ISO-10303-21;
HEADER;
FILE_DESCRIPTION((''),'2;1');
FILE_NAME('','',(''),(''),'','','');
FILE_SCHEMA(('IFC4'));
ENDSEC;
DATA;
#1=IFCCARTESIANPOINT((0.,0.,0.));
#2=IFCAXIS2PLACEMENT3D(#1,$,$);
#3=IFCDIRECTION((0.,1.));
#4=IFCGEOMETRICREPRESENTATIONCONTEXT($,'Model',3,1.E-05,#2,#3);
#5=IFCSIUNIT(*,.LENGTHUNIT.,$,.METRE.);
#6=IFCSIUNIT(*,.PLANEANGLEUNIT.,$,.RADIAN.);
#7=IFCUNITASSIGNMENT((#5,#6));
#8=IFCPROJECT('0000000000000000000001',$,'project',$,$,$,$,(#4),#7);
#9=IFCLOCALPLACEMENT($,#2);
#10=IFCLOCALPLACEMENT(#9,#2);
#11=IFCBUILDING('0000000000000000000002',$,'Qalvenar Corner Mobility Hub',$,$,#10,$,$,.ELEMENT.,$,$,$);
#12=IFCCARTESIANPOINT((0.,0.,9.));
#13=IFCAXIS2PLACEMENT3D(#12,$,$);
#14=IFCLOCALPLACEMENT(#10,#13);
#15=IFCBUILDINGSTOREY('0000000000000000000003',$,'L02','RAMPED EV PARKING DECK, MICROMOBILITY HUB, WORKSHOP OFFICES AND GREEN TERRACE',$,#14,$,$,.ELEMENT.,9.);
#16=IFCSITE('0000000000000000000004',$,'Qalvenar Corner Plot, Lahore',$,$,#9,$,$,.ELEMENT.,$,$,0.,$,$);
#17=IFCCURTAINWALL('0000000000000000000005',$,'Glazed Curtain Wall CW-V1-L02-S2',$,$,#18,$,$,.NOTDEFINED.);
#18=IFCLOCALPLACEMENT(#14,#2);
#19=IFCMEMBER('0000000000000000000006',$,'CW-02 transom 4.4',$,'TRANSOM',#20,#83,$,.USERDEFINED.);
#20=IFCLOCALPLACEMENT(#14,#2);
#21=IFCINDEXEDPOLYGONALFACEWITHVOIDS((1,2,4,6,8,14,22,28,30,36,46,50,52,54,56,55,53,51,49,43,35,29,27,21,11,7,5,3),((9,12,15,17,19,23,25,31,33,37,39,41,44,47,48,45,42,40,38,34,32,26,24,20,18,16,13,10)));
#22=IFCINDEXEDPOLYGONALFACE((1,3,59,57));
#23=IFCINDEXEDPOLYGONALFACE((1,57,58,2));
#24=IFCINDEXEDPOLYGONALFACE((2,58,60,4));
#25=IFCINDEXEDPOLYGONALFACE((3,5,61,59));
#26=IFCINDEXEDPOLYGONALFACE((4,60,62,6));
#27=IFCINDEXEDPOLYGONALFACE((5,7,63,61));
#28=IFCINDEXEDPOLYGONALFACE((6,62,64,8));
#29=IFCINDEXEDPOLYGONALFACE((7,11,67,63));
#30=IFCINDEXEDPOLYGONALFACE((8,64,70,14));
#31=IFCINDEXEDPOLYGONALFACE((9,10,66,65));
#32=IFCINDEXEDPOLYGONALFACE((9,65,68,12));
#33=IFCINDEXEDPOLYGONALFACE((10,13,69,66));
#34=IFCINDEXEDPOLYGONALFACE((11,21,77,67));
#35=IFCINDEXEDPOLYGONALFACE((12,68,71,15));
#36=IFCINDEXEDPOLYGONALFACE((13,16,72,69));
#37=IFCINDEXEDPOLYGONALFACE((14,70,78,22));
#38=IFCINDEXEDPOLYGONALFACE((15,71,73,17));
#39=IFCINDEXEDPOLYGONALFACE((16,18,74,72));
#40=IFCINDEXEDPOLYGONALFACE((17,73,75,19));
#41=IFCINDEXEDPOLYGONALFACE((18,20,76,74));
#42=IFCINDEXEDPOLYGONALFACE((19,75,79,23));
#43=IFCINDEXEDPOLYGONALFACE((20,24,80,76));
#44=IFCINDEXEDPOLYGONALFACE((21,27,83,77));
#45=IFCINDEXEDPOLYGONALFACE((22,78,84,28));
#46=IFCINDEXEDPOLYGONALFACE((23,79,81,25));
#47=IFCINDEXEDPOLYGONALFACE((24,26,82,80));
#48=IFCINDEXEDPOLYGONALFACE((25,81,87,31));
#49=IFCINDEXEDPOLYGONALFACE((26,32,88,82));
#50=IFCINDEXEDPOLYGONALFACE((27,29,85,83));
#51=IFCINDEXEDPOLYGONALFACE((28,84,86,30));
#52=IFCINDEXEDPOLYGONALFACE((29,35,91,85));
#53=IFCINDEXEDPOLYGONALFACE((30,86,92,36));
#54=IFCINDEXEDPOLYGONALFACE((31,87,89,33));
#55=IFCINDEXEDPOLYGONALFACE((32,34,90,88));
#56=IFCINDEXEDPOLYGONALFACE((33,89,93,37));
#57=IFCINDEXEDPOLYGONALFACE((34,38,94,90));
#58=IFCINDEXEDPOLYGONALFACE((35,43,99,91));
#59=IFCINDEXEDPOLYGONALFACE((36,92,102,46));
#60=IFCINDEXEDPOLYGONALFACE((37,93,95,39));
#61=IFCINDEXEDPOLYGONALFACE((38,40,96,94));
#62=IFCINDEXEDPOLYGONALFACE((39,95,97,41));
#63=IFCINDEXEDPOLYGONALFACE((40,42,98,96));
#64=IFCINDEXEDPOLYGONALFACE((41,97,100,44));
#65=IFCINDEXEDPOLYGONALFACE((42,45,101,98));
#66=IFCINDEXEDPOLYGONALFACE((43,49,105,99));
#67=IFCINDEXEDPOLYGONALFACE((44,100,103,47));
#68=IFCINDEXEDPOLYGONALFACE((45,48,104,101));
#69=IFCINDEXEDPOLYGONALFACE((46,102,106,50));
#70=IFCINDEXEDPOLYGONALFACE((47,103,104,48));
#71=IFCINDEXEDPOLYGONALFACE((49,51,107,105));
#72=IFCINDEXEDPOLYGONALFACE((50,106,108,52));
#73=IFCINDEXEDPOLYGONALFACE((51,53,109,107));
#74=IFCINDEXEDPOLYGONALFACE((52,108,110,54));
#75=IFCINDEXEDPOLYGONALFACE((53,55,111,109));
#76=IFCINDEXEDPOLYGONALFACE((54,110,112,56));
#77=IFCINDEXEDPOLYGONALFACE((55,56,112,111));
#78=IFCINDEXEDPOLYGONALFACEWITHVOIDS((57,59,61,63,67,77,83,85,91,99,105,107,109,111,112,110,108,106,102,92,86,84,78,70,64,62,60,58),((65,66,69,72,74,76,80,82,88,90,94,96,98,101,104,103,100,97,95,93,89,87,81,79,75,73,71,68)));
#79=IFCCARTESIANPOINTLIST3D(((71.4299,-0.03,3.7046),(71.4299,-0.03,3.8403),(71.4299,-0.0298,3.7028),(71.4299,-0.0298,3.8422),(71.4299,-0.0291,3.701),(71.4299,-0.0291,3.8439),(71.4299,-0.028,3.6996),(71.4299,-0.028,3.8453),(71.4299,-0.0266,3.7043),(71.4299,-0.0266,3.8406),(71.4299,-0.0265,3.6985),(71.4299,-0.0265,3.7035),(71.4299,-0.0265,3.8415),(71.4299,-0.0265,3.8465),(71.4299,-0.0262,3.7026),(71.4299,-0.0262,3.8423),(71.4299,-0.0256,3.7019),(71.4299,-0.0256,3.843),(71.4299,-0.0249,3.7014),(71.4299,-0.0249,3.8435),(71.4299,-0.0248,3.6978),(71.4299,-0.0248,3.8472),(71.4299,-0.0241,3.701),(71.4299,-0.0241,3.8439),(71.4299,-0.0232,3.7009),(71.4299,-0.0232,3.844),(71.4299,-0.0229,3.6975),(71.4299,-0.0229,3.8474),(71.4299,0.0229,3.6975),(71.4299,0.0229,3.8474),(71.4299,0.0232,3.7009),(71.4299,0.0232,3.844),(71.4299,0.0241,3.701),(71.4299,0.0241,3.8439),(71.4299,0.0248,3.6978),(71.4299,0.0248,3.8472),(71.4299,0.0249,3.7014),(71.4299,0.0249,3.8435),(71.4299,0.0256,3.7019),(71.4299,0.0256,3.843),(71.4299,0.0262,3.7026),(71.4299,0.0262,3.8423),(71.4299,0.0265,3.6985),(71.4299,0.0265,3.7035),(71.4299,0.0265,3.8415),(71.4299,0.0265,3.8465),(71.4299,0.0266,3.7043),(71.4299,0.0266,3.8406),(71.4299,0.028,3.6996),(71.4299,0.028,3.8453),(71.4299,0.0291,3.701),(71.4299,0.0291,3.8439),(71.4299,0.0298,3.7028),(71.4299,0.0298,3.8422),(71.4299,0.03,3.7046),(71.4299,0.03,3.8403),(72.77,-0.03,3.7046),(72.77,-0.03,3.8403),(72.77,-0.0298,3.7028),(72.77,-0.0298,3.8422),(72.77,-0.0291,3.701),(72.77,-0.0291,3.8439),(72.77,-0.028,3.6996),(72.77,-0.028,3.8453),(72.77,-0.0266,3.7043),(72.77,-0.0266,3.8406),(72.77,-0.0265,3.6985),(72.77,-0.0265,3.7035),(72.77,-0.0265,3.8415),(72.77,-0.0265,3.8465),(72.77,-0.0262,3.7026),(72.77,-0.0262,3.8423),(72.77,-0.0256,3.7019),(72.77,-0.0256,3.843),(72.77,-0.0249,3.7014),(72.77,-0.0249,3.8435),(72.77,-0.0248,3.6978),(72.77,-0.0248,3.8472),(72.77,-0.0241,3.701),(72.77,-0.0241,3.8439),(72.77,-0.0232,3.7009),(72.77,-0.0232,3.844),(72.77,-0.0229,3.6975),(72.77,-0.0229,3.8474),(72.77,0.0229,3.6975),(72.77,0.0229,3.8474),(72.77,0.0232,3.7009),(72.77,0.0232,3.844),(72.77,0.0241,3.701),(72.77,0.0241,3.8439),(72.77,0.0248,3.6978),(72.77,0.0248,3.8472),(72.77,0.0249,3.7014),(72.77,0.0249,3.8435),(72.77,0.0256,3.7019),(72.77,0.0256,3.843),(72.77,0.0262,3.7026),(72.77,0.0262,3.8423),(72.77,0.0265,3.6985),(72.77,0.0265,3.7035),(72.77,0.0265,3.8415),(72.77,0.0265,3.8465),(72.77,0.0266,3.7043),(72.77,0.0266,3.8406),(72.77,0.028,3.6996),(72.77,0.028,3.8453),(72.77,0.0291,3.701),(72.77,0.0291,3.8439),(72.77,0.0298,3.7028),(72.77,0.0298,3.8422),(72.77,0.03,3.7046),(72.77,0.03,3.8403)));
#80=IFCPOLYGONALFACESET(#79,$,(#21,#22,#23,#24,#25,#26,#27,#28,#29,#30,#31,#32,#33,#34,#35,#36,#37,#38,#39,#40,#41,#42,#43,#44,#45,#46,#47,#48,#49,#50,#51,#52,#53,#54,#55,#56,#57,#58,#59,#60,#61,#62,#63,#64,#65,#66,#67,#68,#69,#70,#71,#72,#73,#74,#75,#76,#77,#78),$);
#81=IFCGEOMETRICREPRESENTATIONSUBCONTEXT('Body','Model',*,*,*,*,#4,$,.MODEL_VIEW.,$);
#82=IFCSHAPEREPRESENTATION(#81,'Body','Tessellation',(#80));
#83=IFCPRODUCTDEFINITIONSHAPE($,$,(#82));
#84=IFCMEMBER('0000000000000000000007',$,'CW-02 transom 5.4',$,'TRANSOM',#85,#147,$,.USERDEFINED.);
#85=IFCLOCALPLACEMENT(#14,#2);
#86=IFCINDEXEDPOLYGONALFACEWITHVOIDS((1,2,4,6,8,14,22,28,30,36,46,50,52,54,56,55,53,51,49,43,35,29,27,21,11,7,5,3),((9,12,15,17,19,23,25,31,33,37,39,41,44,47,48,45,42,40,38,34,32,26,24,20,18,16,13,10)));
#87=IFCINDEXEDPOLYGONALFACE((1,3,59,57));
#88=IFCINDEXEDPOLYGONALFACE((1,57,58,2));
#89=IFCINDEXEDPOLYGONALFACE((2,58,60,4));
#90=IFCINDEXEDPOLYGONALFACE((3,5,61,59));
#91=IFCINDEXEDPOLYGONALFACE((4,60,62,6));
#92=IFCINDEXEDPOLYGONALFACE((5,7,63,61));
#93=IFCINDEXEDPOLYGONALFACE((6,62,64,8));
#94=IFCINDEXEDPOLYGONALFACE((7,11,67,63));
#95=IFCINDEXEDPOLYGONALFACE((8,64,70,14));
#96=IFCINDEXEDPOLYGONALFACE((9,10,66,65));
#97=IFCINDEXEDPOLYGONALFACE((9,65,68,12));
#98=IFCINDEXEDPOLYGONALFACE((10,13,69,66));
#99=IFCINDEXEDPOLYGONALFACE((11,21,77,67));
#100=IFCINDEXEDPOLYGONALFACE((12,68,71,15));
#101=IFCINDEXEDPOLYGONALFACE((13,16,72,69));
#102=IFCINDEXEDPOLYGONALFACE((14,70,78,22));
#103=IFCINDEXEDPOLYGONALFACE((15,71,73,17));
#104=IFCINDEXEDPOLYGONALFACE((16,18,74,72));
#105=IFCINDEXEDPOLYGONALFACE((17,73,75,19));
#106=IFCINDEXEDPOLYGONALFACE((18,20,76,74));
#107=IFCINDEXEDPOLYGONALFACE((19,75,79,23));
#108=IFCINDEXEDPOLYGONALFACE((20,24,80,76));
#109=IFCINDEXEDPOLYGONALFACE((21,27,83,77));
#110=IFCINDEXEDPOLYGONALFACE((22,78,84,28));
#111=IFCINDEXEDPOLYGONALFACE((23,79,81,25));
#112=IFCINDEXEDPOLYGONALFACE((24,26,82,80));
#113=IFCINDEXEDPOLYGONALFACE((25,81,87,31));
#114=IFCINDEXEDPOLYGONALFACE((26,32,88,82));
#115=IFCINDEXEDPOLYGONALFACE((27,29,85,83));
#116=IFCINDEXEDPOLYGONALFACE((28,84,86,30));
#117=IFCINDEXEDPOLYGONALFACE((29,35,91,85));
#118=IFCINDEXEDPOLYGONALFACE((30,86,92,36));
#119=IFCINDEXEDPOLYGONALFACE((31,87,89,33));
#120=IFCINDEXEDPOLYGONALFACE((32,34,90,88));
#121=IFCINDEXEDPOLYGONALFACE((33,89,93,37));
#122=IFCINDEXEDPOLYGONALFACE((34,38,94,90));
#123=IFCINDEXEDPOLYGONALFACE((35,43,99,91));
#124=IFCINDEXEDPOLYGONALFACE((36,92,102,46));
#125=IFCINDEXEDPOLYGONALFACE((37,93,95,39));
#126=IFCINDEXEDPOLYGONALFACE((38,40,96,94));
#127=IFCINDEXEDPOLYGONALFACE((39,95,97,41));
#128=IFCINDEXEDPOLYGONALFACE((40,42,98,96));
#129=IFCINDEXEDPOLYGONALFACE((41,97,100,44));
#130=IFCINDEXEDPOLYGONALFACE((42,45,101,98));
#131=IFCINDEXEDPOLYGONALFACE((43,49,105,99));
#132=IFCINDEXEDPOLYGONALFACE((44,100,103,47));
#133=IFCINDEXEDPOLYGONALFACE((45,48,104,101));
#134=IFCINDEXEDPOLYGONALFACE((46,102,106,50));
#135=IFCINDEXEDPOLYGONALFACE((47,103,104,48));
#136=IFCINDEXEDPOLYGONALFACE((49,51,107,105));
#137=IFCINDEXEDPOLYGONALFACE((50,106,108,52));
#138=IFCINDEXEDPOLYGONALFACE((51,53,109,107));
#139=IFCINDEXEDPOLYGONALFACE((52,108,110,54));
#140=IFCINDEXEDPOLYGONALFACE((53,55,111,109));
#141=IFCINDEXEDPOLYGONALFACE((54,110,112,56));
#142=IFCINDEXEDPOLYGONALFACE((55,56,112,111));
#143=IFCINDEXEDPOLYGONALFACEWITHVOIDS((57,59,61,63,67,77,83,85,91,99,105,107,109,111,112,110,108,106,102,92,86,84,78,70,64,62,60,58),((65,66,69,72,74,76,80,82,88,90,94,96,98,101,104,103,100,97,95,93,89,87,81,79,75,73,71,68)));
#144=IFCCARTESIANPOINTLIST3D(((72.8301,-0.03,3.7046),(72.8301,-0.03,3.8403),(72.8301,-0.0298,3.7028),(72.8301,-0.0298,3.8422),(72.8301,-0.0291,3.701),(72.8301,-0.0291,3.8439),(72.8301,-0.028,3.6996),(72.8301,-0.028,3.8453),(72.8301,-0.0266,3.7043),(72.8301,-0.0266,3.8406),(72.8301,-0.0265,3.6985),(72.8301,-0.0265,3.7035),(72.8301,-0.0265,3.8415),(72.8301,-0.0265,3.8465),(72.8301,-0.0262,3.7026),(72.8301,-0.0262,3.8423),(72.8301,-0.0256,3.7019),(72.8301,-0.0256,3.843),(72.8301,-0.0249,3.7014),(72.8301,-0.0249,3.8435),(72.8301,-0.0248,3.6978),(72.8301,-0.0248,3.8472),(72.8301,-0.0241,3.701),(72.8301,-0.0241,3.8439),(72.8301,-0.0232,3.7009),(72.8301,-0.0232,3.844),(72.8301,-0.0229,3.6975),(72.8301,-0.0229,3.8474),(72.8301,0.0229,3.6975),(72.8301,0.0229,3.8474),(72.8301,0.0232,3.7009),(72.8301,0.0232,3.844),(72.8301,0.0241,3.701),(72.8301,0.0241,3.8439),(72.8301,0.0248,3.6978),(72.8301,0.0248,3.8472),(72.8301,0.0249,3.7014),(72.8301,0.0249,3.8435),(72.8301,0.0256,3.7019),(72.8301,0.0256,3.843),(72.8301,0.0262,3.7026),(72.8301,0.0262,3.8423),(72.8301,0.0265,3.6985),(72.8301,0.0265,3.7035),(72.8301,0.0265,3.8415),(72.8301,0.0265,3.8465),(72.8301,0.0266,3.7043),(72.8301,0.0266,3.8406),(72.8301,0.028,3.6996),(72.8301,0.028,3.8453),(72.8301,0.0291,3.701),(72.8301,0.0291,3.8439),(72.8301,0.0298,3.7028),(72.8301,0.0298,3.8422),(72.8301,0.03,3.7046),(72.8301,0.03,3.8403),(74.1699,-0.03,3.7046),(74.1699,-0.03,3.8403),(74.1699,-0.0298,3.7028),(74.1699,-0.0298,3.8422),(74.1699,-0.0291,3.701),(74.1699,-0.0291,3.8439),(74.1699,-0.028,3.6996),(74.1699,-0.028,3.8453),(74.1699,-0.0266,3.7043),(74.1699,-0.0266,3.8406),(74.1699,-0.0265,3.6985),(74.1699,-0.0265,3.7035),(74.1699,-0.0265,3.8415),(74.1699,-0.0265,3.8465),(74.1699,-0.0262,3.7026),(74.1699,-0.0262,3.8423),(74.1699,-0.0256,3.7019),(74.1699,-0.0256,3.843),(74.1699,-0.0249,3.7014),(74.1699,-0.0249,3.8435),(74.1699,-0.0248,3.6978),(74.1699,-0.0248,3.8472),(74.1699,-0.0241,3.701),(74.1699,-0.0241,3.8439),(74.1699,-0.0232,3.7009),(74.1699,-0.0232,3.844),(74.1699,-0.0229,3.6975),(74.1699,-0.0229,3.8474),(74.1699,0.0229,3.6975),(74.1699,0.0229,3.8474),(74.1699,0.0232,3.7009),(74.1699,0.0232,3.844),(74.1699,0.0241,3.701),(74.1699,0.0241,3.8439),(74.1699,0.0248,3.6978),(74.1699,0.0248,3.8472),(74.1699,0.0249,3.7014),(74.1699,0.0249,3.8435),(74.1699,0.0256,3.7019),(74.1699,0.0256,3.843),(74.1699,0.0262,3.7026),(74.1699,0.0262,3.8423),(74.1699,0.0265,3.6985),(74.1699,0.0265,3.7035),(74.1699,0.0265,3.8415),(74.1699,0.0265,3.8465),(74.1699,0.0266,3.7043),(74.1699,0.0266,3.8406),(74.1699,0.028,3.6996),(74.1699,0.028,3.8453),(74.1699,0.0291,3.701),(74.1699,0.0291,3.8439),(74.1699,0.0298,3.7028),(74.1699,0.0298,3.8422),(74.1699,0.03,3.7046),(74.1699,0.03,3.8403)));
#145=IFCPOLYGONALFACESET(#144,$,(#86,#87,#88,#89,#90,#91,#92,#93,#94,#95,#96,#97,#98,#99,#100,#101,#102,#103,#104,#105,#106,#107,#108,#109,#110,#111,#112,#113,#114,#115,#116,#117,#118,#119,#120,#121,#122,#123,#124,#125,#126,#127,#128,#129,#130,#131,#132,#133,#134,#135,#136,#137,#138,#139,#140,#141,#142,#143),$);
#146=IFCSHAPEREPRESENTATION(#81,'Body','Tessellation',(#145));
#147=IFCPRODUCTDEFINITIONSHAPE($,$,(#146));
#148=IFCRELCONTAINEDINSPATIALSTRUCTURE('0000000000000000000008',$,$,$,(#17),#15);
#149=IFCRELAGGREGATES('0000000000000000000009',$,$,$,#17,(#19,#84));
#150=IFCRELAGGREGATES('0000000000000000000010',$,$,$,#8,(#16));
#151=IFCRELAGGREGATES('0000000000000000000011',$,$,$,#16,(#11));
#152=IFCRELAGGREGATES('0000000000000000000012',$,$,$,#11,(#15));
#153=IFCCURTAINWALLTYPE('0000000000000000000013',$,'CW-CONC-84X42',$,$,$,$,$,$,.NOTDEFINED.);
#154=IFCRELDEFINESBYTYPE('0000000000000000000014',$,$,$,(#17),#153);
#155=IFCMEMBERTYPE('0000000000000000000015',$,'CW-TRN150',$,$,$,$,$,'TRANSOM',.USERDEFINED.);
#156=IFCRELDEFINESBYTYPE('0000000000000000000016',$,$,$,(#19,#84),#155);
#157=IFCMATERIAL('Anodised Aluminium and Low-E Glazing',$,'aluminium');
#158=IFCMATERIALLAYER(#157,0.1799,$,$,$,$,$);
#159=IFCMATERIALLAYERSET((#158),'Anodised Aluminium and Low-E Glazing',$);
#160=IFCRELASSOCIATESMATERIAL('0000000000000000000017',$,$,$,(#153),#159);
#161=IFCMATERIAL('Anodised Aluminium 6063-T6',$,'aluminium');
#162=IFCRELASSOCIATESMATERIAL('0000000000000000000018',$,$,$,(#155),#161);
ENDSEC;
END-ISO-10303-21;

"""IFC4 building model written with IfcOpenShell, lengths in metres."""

from ifc_helpers import new_model, si_unit, direction, frame, origin, origin_2d, place, context, subcontext, project, spatial, hollow_rectangle, extrude, material, layer, layer_set, material_profile, profile_set, type_object, element, aggregate, save


model = new_model("IFC4")

# Units and contexts
model_context = context("Model", 3, precision=1e-05, world=origin(), true_north=direction((0.0, 1.0)))
body_context = subcontext(model_context, "Body", "Model", "MODEL_VIEW")
ifc_project = project(units=[si_unit("LENGTHUNIT", "METRE"), si_unit("PLANEANGLEUNIT", "RADIAN")], contexts=[model_context])

# Site, building, storey
site_placement = place(None, origin())
site = spatial("IfcSite", under=ifc_project, at=site_placement, Name="Qalvenar Corner Plot, Lahore", CompositionType="ELEMENT", RefElevation=0.0)
building_placement = place(site_placement, origin())
building = spatial("IfcBuilding", under=site, at=building_placement, Name="Qalvenar Corner Mobility Hub", CompositionType="ELEMENT")
storey_placement = place(building_placement, frame((0.0, 0.0, 9.0)))
storey = spatial("IfcBuildingStorey", under=building, at=storey_placement, Name="L02", Description="RAMPED EV PARKING DECK, MICROMOBILITY HUB, WORKSHOP OFFICES AND GREEN TERRACE", CompositionType="ELEMENT", Elevation=9.0)

# Curtain wall, members
ifc_material_1 = material(Name="Anodised Aluminium and Low-E Glazing", Category="aluminium")
ifc_layer_1 = layer(ifc_material_1, 0.1799)
ifc_layer_set_1 = layer_set([ifc_layer_1], Name="Anodised Aluminium and Low-E Glazing")
curtain_wall_type = type_object("IfcCurtainWallType", Name="CW-CONC-84X42", PredefinedType="NOTDEFINED", material=ifc_layer_set_1)
ifc_material_2 = material(Name="Anodised Aluminium 6063-T6", Category="aluminium")
ifc_material_profile_1 = material_profile(ifc_material_2, hollow_rectangle(XDim=0.0601, YDim=0.1499, WallThickness=0.0034, InnerFilletRadius=0.0034, OuterFilletRadius=0.0071, at=origin_2d()), Name="RHS150x60x3.5")
ifc_profile_set_1 = profile_set([ifc_material_profile_1], Name="Anodised Aluminium 6063-T6")
member_type_1 = type_object("IfcMemberType", Name="CW-TRN150", ElementType="TRANSOM", PredefinedType="USERDEFINED", material=ifc_profile_set_1)
curtain_wall_1_placement = place(storey_placement, origin())
curtain_wall_1 = element("IfcCurtainWall", 1, at=curtain_wall_1_placement, inside=storey, type_object=curtain_wall_type, Name="Glazed Curtain Wall CW-V1-L02-S2", PredefinedType="NOTDEFINED")
member_1_placement = place(storey_placement, frame((71.4299, 0.0, 3.7725), z_axis=(1.0, 0.0, 0.0), x_axis=(0.0, 1.0, 0.0)))
member_1 = element("IfcMember", 2, at=member_1_placement, type_object=member_type_1, Name="CW-02 transom 4.4", ObjectType="TRANSOM", PredefinedType="USERDEFINED", context=body_context, shape_type="SweptSolid", body=[
    extrude(hollow_rectangle(XDim=0.0601, YDim=0.1499, WallThickness=0.0034, InnerFilletRadius=0.0034, OuterFilletRadius=0.0071, at=origin_2d()), origin(), (0.0, 0.0, 1.0), 1.3401),
])
member_2_placement = place(storey_placement, frame((72.8301, 0.0, 3.7725), z_axis=(1.0, 0.0, 0.0), x_axis=(0.0, 1.0, 0.0)))
member_2 = element("IfcMember", 3, at=member_2_placement, type_object=member_type_1, Name="CW-02 transom 5.4", ObjectType="TRANSOM", PredefinedType="USERDEFINED", context=body_context, shape_type="SweptSolid", body=[
    extrude(hollow_rectangle(XDim=0.0601, YDim=0.1499, WallThickness=0.0034, InnerFilletRadius=0.0034, OuterFilletRadius=0.0071, at=origin_2d()), origin(), (0.0, 0.0, 1.0), 1.3398),
])
aggregate(curtain_wall_1, [member_1, member_2])

save(model, "model.ifc")
